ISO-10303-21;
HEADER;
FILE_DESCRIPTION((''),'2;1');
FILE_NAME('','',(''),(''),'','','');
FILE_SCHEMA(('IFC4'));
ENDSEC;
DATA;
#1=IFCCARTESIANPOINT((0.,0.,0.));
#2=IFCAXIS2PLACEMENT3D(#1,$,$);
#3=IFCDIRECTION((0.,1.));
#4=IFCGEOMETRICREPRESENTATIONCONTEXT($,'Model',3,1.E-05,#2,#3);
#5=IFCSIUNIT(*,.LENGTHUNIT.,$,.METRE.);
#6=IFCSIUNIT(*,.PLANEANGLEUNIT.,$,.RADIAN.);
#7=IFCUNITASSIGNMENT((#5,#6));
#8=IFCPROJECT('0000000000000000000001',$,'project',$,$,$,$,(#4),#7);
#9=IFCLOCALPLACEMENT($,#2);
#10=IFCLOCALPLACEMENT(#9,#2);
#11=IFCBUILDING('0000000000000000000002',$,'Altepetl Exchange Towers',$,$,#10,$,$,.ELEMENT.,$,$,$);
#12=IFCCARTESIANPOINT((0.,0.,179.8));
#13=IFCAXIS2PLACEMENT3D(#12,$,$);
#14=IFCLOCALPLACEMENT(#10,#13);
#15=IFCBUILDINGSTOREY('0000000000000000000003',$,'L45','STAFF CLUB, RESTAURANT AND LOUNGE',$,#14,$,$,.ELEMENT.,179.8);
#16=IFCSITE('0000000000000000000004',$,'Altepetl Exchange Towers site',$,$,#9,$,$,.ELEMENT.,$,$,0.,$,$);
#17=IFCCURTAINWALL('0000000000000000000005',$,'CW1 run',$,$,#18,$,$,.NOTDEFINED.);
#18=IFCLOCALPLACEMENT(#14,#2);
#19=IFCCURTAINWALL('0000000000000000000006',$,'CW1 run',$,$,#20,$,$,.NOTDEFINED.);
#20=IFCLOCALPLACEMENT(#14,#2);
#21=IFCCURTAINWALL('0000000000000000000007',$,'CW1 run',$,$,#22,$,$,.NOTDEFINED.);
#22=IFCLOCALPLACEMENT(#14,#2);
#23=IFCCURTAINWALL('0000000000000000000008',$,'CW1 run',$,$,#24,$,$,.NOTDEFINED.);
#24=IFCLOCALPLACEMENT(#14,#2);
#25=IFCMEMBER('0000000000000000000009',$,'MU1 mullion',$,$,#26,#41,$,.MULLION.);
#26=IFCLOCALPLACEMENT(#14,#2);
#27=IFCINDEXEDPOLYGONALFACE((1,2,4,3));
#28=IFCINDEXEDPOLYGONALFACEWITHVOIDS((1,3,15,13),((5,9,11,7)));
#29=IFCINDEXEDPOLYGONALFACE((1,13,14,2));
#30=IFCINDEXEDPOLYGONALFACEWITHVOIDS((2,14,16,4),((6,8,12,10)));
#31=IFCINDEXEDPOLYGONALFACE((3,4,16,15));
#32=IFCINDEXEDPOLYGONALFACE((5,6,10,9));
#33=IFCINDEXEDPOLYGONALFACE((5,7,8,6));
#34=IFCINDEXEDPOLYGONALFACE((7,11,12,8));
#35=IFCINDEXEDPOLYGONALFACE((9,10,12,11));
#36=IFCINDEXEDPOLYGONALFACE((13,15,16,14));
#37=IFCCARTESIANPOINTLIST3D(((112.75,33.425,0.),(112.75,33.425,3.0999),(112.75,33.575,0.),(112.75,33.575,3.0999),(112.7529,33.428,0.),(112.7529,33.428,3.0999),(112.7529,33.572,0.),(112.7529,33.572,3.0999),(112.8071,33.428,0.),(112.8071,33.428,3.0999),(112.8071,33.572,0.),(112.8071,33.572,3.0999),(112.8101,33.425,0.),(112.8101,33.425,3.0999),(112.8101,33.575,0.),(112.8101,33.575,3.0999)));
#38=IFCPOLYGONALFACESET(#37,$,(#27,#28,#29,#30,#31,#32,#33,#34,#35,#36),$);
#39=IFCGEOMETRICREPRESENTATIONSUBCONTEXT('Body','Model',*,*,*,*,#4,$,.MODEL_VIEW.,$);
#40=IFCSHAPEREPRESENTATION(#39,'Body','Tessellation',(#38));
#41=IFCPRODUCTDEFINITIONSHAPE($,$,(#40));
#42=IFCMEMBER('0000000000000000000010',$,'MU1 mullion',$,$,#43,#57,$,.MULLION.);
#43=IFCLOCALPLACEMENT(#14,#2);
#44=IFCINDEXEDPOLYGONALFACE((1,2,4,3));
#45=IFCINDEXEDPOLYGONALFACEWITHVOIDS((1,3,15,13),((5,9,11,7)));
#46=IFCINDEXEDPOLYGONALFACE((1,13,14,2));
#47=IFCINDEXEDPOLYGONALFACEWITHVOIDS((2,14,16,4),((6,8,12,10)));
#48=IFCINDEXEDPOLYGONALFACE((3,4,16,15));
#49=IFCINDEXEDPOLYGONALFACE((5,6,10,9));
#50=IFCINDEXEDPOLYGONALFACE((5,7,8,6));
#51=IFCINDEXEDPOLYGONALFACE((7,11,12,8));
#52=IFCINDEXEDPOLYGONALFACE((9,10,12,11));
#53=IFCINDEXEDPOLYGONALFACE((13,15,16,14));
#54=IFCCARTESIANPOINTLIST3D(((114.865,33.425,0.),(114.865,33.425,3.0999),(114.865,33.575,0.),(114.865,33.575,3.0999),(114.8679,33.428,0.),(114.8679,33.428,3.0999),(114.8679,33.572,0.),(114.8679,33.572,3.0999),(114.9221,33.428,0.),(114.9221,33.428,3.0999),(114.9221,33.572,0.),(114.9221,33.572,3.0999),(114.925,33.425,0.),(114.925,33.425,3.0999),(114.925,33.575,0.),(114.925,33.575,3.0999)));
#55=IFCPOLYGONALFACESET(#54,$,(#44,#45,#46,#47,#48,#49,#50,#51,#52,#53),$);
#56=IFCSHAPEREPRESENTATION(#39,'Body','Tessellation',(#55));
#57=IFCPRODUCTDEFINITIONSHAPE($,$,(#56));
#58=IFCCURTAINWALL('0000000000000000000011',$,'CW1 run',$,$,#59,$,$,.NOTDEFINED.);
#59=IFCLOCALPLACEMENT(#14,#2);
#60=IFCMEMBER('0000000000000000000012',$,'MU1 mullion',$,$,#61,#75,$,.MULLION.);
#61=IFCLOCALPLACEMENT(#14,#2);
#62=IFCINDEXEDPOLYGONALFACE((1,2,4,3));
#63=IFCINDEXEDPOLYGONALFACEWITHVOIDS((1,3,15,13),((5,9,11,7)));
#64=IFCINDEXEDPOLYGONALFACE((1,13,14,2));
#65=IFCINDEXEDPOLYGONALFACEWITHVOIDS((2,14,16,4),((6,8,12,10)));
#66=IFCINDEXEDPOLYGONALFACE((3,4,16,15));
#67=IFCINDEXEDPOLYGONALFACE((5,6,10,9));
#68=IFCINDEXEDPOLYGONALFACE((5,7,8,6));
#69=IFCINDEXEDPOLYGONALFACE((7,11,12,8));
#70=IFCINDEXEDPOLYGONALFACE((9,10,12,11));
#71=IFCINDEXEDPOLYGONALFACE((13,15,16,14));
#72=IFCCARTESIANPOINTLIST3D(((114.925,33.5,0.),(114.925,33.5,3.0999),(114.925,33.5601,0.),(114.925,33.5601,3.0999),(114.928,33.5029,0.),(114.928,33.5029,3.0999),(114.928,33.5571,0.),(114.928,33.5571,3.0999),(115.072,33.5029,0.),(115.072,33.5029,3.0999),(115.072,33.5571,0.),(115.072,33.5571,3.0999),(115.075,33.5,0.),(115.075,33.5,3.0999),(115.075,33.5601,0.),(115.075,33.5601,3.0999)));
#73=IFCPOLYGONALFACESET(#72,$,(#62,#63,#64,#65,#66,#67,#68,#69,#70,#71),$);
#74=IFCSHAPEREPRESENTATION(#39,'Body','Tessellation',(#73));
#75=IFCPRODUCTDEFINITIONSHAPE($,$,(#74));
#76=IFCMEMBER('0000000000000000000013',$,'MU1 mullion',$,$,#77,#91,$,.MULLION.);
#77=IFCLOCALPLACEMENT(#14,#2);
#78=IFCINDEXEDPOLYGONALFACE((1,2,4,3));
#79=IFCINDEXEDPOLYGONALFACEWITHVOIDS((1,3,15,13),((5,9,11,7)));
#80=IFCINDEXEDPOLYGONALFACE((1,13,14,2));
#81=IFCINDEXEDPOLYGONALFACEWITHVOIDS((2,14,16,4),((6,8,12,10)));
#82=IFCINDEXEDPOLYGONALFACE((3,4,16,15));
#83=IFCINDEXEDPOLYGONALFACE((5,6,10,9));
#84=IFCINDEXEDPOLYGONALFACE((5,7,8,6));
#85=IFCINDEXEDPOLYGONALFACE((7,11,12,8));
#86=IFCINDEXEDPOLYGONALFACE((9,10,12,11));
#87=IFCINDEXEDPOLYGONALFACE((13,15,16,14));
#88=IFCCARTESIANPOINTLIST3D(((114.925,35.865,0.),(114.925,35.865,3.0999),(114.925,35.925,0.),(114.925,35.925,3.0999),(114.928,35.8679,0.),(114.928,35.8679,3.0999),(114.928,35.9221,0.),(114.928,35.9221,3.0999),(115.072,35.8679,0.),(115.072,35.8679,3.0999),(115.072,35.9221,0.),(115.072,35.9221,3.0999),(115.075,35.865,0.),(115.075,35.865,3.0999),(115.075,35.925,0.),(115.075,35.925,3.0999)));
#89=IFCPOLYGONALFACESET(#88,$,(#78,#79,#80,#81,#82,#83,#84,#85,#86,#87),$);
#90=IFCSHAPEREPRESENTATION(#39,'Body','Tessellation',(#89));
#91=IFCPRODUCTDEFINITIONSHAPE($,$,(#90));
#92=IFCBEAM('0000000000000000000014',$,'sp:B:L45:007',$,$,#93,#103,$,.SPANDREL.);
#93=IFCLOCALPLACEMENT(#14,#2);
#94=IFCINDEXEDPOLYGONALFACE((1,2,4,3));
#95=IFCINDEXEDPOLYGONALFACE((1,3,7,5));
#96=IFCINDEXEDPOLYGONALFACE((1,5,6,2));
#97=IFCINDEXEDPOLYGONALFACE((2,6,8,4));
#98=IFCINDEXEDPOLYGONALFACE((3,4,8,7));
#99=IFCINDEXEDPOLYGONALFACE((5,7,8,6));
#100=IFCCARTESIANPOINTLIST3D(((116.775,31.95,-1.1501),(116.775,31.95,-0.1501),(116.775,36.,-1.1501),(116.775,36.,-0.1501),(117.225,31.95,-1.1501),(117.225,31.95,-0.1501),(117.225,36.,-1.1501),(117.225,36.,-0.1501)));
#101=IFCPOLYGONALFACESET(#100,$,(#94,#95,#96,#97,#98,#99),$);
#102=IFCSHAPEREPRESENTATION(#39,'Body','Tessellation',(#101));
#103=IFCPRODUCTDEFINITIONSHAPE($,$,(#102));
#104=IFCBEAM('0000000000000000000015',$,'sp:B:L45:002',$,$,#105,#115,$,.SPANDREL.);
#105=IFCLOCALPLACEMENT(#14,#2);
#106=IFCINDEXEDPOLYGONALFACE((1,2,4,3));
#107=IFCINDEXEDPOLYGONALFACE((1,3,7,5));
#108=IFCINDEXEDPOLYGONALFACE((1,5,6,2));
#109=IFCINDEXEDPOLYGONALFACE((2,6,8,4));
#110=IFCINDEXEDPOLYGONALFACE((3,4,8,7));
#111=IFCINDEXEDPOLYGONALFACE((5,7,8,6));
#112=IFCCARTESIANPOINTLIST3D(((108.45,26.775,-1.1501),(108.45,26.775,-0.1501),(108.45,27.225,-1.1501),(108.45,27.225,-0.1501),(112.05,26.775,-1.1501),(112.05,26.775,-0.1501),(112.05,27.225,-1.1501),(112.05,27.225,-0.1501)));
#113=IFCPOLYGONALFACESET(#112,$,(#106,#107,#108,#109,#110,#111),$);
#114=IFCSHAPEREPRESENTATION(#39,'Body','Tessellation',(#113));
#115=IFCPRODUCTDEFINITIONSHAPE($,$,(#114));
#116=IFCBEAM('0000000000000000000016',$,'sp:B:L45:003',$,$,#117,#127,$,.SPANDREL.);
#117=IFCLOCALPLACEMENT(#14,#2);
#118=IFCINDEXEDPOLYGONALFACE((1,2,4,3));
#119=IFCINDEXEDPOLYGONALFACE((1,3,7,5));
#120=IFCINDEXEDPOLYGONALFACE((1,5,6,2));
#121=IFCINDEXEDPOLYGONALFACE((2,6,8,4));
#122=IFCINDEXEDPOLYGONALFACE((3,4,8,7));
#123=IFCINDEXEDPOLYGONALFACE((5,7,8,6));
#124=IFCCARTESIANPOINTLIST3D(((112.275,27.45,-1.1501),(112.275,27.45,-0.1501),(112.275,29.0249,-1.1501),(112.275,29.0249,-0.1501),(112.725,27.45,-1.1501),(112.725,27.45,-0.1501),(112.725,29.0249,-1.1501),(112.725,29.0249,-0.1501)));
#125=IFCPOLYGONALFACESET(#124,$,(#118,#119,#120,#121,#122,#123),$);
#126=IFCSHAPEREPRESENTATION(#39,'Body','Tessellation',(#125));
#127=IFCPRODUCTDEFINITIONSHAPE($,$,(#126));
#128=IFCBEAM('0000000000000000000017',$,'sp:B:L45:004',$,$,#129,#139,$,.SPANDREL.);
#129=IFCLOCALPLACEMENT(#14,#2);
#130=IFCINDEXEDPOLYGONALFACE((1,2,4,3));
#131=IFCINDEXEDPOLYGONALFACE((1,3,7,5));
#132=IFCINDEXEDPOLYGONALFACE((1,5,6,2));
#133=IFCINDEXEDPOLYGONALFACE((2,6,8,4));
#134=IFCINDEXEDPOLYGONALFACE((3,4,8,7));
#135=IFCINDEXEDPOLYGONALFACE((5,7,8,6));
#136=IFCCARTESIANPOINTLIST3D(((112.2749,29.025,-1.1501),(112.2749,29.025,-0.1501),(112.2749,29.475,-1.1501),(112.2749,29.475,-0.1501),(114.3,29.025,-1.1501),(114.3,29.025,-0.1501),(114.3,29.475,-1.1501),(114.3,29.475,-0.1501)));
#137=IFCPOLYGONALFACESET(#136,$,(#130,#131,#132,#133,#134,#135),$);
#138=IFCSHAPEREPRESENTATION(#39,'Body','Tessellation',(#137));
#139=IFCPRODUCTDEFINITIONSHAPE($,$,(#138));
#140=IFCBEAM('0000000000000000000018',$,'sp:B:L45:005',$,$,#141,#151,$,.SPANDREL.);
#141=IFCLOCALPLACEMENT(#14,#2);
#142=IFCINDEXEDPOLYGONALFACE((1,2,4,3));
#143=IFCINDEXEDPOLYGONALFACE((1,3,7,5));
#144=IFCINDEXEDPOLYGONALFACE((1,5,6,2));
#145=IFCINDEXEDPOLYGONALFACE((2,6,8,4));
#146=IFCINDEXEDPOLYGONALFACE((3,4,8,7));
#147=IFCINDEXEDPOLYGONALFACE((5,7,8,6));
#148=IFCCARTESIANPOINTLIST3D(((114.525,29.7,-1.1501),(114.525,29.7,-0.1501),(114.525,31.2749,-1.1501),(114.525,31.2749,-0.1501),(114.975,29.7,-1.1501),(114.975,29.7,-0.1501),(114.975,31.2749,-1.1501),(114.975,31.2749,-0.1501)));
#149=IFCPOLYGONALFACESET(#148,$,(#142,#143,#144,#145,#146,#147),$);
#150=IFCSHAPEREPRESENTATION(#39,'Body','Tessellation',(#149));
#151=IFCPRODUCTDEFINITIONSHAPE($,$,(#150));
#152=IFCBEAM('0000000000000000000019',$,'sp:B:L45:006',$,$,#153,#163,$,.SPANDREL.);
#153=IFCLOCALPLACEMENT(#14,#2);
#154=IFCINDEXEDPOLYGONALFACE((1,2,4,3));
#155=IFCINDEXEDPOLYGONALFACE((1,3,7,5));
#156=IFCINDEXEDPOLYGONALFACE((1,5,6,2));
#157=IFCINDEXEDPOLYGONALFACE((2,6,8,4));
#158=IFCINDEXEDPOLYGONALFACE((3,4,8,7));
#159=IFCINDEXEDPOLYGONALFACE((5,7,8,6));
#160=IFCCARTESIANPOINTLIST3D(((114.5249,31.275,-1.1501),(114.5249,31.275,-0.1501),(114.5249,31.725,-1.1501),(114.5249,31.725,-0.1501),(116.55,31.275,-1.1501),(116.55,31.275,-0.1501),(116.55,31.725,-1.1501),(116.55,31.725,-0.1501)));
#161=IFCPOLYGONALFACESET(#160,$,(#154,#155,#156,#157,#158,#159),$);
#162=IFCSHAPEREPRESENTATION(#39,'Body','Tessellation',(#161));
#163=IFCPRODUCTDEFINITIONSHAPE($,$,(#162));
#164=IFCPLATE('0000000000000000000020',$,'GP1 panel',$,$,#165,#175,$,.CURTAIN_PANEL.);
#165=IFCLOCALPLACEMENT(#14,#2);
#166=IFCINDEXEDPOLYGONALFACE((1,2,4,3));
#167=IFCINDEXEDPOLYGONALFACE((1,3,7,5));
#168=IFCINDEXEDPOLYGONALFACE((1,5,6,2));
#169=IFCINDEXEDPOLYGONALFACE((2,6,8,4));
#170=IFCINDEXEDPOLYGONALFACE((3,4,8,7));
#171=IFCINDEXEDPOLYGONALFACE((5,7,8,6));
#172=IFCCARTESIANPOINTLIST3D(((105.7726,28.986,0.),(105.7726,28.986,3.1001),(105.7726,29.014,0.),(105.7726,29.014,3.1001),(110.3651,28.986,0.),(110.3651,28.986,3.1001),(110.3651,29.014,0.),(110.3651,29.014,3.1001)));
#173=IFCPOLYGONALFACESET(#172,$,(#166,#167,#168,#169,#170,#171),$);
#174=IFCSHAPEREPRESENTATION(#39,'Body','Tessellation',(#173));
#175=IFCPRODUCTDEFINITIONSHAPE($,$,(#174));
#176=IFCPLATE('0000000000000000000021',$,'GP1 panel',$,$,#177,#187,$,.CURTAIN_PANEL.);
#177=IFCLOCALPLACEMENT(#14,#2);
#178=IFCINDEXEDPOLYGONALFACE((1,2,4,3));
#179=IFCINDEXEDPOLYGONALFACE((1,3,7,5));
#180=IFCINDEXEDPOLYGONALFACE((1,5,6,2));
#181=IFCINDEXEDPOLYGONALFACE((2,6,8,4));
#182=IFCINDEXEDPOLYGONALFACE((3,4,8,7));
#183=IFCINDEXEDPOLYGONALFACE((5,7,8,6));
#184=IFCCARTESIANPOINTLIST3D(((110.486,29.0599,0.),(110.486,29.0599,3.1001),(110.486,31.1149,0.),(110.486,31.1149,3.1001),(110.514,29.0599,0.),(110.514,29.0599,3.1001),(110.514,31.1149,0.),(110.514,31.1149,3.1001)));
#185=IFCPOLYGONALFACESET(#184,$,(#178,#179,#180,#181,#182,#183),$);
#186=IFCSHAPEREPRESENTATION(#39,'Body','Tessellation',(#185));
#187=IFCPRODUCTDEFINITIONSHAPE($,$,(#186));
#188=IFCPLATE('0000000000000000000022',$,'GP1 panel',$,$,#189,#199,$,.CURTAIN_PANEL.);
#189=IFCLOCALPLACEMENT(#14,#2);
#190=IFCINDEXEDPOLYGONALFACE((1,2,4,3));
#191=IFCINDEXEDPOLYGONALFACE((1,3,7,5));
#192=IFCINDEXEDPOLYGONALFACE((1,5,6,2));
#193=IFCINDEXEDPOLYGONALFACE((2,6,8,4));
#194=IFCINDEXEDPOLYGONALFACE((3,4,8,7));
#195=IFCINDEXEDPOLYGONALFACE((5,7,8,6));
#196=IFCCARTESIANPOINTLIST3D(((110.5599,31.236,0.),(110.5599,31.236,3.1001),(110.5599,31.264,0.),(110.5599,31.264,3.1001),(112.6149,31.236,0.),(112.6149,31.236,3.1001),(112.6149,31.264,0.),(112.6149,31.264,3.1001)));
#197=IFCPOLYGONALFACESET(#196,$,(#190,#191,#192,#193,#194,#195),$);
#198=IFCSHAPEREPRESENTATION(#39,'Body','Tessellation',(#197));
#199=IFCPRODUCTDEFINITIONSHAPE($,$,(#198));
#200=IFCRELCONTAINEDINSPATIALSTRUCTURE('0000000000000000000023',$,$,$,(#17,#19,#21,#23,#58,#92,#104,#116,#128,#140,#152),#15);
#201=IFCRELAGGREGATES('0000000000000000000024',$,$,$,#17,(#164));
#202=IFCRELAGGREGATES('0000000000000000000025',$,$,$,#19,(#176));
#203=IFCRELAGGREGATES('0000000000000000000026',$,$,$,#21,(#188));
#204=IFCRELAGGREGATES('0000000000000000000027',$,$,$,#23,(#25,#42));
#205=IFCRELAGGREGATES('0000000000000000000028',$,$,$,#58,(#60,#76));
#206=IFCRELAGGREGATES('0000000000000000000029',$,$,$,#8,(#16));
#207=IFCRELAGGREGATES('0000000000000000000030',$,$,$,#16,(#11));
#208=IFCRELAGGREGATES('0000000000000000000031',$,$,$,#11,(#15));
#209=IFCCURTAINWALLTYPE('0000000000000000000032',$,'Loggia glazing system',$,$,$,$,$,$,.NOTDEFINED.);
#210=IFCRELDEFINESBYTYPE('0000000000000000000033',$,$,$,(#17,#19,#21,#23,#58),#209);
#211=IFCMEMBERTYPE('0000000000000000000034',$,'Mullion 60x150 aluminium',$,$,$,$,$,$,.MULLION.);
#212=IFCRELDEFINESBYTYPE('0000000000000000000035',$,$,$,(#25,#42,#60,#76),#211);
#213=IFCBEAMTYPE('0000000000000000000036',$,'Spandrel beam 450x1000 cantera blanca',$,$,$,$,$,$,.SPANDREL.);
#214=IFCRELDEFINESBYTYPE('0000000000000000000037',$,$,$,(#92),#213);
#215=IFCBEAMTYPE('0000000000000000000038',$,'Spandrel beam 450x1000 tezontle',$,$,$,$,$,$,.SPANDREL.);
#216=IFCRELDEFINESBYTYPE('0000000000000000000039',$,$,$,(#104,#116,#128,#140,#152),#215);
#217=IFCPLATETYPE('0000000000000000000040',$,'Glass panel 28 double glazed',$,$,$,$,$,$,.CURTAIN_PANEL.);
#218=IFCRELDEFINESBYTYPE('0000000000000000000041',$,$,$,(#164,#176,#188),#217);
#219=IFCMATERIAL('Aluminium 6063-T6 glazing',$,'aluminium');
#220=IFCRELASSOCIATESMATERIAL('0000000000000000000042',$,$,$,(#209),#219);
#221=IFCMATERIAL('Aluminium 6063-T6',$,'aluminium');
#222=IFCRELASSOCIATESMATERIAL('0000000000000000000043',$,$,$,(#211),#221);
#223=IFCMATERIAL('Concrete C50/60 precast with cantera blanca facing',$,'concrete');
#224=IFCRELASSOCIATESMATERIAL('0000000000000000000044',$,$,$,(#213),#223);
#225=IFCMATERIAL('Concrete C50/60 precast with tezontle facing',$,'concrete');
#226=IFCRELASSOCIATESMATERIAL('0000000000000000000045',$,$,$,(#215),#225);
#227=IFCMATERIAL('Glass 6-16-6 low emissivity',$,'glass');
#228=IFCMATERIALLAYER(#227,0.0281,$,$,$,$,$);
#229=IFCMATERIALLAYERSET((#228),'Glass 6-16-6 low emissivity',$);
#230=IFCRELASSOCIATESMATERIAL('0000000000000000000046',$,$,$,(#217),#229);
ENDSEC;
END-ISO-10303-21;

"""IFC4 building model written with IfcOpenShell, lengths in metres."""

from ifc_helpers import new_model, si_unit, direction, frame, origin, origin_2d, place, context, subcontext, project, spatial, rectangle, hollow_rectangle, extrude, material, layer, layer_set, material_profile, profile_set, type_object, element, aggregate, save


model = new_model("IFC4")

# Units and contexts
model_context = context("Model", 3, precision=1e-05, world=origin(), true_north=direction((0.0, 1.0)))
body_context = subcontext(model_context, "Body", "Model", "MODEL_VIEW")
ifc_project = project(units=[si_unit("LENGTHUNIT", "METRE"), si_unit("PLANEANGLEUNIT", "RADIAN")], contexts=[model_context])

# Site, building, storey
site_placement = place(None, origin())
site = spatial("IfcSite", under=ifc_project, at=site_placement, Name="Altepetl Exchange Towers site", CompositionType="ELEMENT", RefElevation=0.0)
building_placement = place(site_placement, origin())
building = spatial("IfcBuilding", under=site, at=building_placement, Name="Altepetl Exchange Towers", CompositionType="ELEMENT")
storey_placement = place(building_placement, frame((0.0, 0.0, 179.8)))
storey = spatial("IfcBuildingStorey", under=building, at=storey_placement, Name="L45", Description="STAFF CLUB, RESTAURANT AND LOUNGE", CompositionType="ELEMENT", Elevation=179.8)

# Curtain wall
ifc_material_1 = material(Name="Aluminium 6063-T6 glazing", Category="aluminium")
curtain_wall_type = type_object("IfcCurtainWallType", Name="Loggia glazing system", PredefinedType="NOTDEFINED", material=ifc_material_1)
curtain_wall_1_placement = place(storey_placement, origin())
curtain_wall_1 = element("IfcCurtainWall", 1, at=curtain_wall_1_placement, inside=storey, type_object=curtain_wall_type, Name="CW1 run", PredefinedType="NOTDEFINED")
ifc_material_2 = material(Name="Aluminium 6063-T6", Category="aluminium")
ifc_material_profile_1 = material_profile(ifc_material_2, hollow_rectangle(XDim=0.0601, YDim=0.1499, WallThickness=0.0029, at=origin_2d()), Name="Mullion 60x150 aluminium")
ifc_profile_set_1 = profile_set([ifc_material_profile_1], Name="Aluminium 6063-T6")
member_type = type_object("IfcMemberType", Name="Mullion 60x150 aluminium", PredefinedType="MULLION", material=ifc_profile_set_1)

# Curtain walls, members
curtain_wall_2_placement = place(storey_placement, origin())
curtain_wall_2 = element("IfcCurtainWall", 2, at=curtain_wall_2_placement, inside=storey, type_object=curtain_wall_type, Name="CW1 run", PredefinedType="NOTDEFINED")
curtain_wall_3_placement = place(storey_placement, origin())
curtain_wall_3 = element("IfcCurtainWall", 3, at=curtain_wall_3_placement, inside=storey, type_object=curtain_wall_type, Name="CW1 run", PredefinedType="NOTDEFINED")
curtain_wall_4_placement = place(storey_placement, origin())
curtain_wall_4 = element("IfcCurtainWall", 4, at=curtain_wall_4_placement, inside=storey, type_object=curtain_wall_type, Name="CW1 run", PredefinedType="NOTDEFINED")
member_1_placement = place(storey_placement, frame((112.78, 33.5, 0.0)))
member_1 = element("IfcMember", 5, at=member_1_placement, type_object=member_type, Name="MU1 mullion", PredefinedType="MULLION", context=body_context, shape_type="SweptSolid", body=[
    extrude(hollow_rectangle(XDim=0.0601, YDim=0.1499, WallThickness=0.0029, at=origin_2d()), origin(), (0.0, 0.0, 1.0), 3.0999),
])
member_2_placement = place(storey_placement, frame((114.895, 33.5, 0.0)))
member_2 = element("IfcMember", 6, at=member_2_placement, type_object=member_type, Name="MU1 mullion", PredefinedType="MULLION", context=body_context, shape_type="SweptSolid", body=[
    extrude(hollow_rectangle(XDim=0.0601, YDim=0.1499, WallThickness=0.0029, at=origin_2d()), origin(), (0.0, 0.0, 1.0), 3.0999),
])
curtain_wall_5_placement = place(storey_placement, origin())
curtain_wall_5 = element("IfcCurtainWall", 7, at=curtain_wall_5_placement, inside=storey, type_object=curtain_wall_type, Name="CW1 run", PredefinedType="NOTDEFINED")
member_3_placement = place(storey_placement, frame((115.0, 33.53, 0.0), z_axis=(0.0, 0.0, 1.0), x_axis=(0.0, 1.0, 0.0)))
member_3 = element("IfcMember", 8, at=member_3_placement, type_object=member_type, Name="MU1 mullion", PredefinedType="MULLION", context=body_context, shape_type="SweptSolid", body=[
    extrude(hollow_rectangle(XDim=0.0601, YDim=0.1499, WallThickness=0.0029, at=origin_2d()), origin(), (0.0, 0.0, 1.0), 3.0999),
])
member_4_placement = place(storey_placement, frame((115.0, 35.895, 0.0), z_axis=(0.0, 0.0, 1.0), x_axis=(0.0, 1.0, 0.0)))
member_4 = element("IfcMember", 9, at=member_4_placement, type_object=member_type, Name="MU1 mullion", PredefinedType="MULLION", context=body_context, shape_type="SweptSolid", body=[
    extrude(hollow_rectangle(XDim=0.0601, YDim=0.1499, WallThickness=0.0029, at=origin_2d()), origin(), (0.0, 0.0, 1.0), 3.0999),
])

# Beams
ifc_material_3 = material(Name="Concrete C50/60 precast with cantera blanca facing", Category="concrete")
ifc_material_profile_2 = material_profile(ifc_material_3, rectangle(XDim=0.45, YDim=1.0, at=origin_2d()), Name="450 x 1000")
ifc_profile_set_2 = profile_set([ifc_material_profile_2], Name="Concrete C50/60 precast with cantera blanca facing")
beam_type_1 = type_object("IfcBeamType", Name="Spandrel beam 450x1000 cantera blanca", PredefinedType="SPANDREL", material=ifc_profile_set_2)
beam_1_placement = place(storey_placement, frame((117.0, 31.95, -0.6501), z_axis=(0.0, 1.0, 0.0), x_axis=(-1.0, 0.0, 0.0)))
element("IfcBeam", 10, at=beam_1_placement, inside=storey, type_object=beam_type_1, Name="sp:B:L45:007", PredefinedType="SPANDREL", context=body_context, shape_type="SweptSolid", body=[
    extrude(rectangle(XDim=0.45, YDim=1.0, at=origin_2d()), origin(), (0.0, 0.0, 1.0), 4.05),
])
ifc_material_4 = material(Name="Concrete C50/60 precast with tezontle facing", Category="concrete")
ifc_material_profile_3 = material_profile(ifc_material_4, rectangle(XDim=0.45, YDim=1.0, at=origin_2d()), Name="450 x 1000")
ifc_profile_set_3 = profile_set([ifc_material_profile_3], Name="Concrete C50/60 precast with tezontle facing")
beam_type_2 = type_object("IfcBeamType", Name="Spandrel beam 450x1000 tezontle", PredefinedType="SPANDREL", material=ifc_profile_set_3)
beam_2_placement = place(storey_placement, frame((108.45, 27.0, -0.6501), z_axis=(1.0, 0.0, 0.0), x_axis=(0.0, 1.0, 0.0)))
element("IfcBeam", 11, at=beam_2_placement, inside=storey, type_object=beam_type_2, Name="sp:B:L45:002", PredefinedType="SPANDREL", context=body_context, shape_type="SweptSolid", body=[
    extrude(rectangle(XDim=0.45, YDim=1.0, at=origin_2d()), origin(), (0.0, 0.0, 1.0), 3.6001),
])
beam_3_placement = place(storey_placement, frame((112.5, 27.45, -0.6501), z_axis=(0.0, 1.0, 0.0), x_axis=(-1.0, 0.0, 0.0)))
element("IfcBeam", 12, at=beam_3_placement, inside=storey, type_object=beam_type_2, Name="sp:B:L45:003", PredefinedType="SPANDREL", context=body_context, shape_type="SweptSolid", body=[
    extrude(rectangle(XDim=0.45, YDim=1.0, at=origin_2d()), origin(), (0.0, 0.0, 1.0), 1.575),
])
beam_4_placement = place(storey_placement, frame((112.2749, 29.25, -0.6501), z_axis=(1.0, 0.0, 0.0), x_axis=(0.0, 1.0, 0.0)))
element("IfcBeam", 13, at=beam_4_placement, inside=storey, type_object=beam_type_2, Name="sp:B:L45:004", PredefinedType="SPANDREL", context=body_context, shape_type="SweptSolid", body=[
    extrude(rectangle(XDim=0.45, YDim=1.0, at=origin_2d()), origin(), (0.0, 0.0, 1.0), 2.0251),
])
beam_5_placement = place(storey_placement, frame((114.75, 29.7, -0.6501), z_axis=(0.0, 1.0, 0.0), x_axis=(-1.0, 0.0, 0.0)))
element("IfcBeam", 14, at=beam_5_placement, inside=storey, type_object=beam_type_2, Name="sp:B:L45:005", PredefinedType="SPANDREL", context=body_context, shape_type="SweptSolid", body=[
    extrude(rectangle(XDim=0.45, YDim=1.0, at=origin_2d()), origin(), (0.0, 0.0, 1.0), 1.575),
])
beam_6_placement = place(storey_placement, frame((114.5249, 31.5, -0.6501), z_axis=(1.0, 0.0, 0.0), x_axis=(0.0, 1.0, 0.0)))
element("IfcBeam", 15, at=beam_6_placement, inside=storey, type_object=beam_type_2, Name="sp:B:L45:006", PredefinedType="SPANDREL", context=body_context, shape_type="SweptSolid", body=[
    extrude(rectangle(XDim=0.45, YDim=1.0, at=origin_2d()), origin(), (0.0, 0.0, 1.0), 2.0251),
])

# Plates
ifc_material_5 = material(Name="Glass 6-16-6 low emissivity", Category="glass")
ifc_layer_1 = layer(ifc_material_5, 0.0281)
ifc_layer_set_1 = layer_set([ifc_layer_1], Name="Glass 6-16-6 low emissivity")
plate_type = type_object("IfcPlateType", Name="Glass panel 28 double glazed", PredefinedType="CURTAIN_PANEL", material=ifc_layer_set_1)
plate_1_placement = place(storey_placement, frame((108.0688, 29.0, 0.0)))
plate_1 = element("IfcPlate", 16, at=plate_1_placement, type_object=plate_type, Name="GP1 panel", PredefinedType="CURTAIN_PANEL", context=body_context, shape_type="SweptSolid", body=[
    extrude(rectangle(XDim=4.5925, YDim=0.0281, at=origin_2d()), origin(), (0.0, 0.0, 1.0), 3.1001),
])
aggregate(curtain_wall_1, [plate_1])
plate_2_placement = place(storey_placement, frame((110.5, 30.0874, 0.0), z_axis=(0.0, 0.0, 1.0), x_axis=(0.0, 1.0, 0.0)))
plate_2 = element("IfcPlate", 17, at=plate_2_placement, type_object=plate_type, Name="GP1 panel", PredefinedType="CURTAIN_PANEL", context=body_context, shape_type="SweptSolid", body=[
    extrude(rectangle(XDim=2.0549, YDim=0.0281, at=origin_2d()), origin(), (0.0, 0.0, 1.0), 3.1001),
])
aggregate(curtain_wall_2, [plate_2])
plate_3_placement = place(storey_placement, frame((111.5874, 31.25, 0.0)))
plate_3 = element("IfcPlate", 18, at=plate_3_placement, type_object=plate_type, Name="GP1 panel", PredefinedType="CURTAIN_PANEL", context=body_context, shape_type="SweptSolid", body=[
    extrude(rectangle(XDim=2.0549, YDim=0.0281, at=origin_2d()), origin(), (0.0, 0.0, 1.0), 3.1001),
])
aggregate(curtain_wall_3, [plate_3])
aggregate(curtain_wall_4, [member_1, member_2])
aggregate(curtain_wall_5, [member_3, member_4])

save(model, "model.ifc")
